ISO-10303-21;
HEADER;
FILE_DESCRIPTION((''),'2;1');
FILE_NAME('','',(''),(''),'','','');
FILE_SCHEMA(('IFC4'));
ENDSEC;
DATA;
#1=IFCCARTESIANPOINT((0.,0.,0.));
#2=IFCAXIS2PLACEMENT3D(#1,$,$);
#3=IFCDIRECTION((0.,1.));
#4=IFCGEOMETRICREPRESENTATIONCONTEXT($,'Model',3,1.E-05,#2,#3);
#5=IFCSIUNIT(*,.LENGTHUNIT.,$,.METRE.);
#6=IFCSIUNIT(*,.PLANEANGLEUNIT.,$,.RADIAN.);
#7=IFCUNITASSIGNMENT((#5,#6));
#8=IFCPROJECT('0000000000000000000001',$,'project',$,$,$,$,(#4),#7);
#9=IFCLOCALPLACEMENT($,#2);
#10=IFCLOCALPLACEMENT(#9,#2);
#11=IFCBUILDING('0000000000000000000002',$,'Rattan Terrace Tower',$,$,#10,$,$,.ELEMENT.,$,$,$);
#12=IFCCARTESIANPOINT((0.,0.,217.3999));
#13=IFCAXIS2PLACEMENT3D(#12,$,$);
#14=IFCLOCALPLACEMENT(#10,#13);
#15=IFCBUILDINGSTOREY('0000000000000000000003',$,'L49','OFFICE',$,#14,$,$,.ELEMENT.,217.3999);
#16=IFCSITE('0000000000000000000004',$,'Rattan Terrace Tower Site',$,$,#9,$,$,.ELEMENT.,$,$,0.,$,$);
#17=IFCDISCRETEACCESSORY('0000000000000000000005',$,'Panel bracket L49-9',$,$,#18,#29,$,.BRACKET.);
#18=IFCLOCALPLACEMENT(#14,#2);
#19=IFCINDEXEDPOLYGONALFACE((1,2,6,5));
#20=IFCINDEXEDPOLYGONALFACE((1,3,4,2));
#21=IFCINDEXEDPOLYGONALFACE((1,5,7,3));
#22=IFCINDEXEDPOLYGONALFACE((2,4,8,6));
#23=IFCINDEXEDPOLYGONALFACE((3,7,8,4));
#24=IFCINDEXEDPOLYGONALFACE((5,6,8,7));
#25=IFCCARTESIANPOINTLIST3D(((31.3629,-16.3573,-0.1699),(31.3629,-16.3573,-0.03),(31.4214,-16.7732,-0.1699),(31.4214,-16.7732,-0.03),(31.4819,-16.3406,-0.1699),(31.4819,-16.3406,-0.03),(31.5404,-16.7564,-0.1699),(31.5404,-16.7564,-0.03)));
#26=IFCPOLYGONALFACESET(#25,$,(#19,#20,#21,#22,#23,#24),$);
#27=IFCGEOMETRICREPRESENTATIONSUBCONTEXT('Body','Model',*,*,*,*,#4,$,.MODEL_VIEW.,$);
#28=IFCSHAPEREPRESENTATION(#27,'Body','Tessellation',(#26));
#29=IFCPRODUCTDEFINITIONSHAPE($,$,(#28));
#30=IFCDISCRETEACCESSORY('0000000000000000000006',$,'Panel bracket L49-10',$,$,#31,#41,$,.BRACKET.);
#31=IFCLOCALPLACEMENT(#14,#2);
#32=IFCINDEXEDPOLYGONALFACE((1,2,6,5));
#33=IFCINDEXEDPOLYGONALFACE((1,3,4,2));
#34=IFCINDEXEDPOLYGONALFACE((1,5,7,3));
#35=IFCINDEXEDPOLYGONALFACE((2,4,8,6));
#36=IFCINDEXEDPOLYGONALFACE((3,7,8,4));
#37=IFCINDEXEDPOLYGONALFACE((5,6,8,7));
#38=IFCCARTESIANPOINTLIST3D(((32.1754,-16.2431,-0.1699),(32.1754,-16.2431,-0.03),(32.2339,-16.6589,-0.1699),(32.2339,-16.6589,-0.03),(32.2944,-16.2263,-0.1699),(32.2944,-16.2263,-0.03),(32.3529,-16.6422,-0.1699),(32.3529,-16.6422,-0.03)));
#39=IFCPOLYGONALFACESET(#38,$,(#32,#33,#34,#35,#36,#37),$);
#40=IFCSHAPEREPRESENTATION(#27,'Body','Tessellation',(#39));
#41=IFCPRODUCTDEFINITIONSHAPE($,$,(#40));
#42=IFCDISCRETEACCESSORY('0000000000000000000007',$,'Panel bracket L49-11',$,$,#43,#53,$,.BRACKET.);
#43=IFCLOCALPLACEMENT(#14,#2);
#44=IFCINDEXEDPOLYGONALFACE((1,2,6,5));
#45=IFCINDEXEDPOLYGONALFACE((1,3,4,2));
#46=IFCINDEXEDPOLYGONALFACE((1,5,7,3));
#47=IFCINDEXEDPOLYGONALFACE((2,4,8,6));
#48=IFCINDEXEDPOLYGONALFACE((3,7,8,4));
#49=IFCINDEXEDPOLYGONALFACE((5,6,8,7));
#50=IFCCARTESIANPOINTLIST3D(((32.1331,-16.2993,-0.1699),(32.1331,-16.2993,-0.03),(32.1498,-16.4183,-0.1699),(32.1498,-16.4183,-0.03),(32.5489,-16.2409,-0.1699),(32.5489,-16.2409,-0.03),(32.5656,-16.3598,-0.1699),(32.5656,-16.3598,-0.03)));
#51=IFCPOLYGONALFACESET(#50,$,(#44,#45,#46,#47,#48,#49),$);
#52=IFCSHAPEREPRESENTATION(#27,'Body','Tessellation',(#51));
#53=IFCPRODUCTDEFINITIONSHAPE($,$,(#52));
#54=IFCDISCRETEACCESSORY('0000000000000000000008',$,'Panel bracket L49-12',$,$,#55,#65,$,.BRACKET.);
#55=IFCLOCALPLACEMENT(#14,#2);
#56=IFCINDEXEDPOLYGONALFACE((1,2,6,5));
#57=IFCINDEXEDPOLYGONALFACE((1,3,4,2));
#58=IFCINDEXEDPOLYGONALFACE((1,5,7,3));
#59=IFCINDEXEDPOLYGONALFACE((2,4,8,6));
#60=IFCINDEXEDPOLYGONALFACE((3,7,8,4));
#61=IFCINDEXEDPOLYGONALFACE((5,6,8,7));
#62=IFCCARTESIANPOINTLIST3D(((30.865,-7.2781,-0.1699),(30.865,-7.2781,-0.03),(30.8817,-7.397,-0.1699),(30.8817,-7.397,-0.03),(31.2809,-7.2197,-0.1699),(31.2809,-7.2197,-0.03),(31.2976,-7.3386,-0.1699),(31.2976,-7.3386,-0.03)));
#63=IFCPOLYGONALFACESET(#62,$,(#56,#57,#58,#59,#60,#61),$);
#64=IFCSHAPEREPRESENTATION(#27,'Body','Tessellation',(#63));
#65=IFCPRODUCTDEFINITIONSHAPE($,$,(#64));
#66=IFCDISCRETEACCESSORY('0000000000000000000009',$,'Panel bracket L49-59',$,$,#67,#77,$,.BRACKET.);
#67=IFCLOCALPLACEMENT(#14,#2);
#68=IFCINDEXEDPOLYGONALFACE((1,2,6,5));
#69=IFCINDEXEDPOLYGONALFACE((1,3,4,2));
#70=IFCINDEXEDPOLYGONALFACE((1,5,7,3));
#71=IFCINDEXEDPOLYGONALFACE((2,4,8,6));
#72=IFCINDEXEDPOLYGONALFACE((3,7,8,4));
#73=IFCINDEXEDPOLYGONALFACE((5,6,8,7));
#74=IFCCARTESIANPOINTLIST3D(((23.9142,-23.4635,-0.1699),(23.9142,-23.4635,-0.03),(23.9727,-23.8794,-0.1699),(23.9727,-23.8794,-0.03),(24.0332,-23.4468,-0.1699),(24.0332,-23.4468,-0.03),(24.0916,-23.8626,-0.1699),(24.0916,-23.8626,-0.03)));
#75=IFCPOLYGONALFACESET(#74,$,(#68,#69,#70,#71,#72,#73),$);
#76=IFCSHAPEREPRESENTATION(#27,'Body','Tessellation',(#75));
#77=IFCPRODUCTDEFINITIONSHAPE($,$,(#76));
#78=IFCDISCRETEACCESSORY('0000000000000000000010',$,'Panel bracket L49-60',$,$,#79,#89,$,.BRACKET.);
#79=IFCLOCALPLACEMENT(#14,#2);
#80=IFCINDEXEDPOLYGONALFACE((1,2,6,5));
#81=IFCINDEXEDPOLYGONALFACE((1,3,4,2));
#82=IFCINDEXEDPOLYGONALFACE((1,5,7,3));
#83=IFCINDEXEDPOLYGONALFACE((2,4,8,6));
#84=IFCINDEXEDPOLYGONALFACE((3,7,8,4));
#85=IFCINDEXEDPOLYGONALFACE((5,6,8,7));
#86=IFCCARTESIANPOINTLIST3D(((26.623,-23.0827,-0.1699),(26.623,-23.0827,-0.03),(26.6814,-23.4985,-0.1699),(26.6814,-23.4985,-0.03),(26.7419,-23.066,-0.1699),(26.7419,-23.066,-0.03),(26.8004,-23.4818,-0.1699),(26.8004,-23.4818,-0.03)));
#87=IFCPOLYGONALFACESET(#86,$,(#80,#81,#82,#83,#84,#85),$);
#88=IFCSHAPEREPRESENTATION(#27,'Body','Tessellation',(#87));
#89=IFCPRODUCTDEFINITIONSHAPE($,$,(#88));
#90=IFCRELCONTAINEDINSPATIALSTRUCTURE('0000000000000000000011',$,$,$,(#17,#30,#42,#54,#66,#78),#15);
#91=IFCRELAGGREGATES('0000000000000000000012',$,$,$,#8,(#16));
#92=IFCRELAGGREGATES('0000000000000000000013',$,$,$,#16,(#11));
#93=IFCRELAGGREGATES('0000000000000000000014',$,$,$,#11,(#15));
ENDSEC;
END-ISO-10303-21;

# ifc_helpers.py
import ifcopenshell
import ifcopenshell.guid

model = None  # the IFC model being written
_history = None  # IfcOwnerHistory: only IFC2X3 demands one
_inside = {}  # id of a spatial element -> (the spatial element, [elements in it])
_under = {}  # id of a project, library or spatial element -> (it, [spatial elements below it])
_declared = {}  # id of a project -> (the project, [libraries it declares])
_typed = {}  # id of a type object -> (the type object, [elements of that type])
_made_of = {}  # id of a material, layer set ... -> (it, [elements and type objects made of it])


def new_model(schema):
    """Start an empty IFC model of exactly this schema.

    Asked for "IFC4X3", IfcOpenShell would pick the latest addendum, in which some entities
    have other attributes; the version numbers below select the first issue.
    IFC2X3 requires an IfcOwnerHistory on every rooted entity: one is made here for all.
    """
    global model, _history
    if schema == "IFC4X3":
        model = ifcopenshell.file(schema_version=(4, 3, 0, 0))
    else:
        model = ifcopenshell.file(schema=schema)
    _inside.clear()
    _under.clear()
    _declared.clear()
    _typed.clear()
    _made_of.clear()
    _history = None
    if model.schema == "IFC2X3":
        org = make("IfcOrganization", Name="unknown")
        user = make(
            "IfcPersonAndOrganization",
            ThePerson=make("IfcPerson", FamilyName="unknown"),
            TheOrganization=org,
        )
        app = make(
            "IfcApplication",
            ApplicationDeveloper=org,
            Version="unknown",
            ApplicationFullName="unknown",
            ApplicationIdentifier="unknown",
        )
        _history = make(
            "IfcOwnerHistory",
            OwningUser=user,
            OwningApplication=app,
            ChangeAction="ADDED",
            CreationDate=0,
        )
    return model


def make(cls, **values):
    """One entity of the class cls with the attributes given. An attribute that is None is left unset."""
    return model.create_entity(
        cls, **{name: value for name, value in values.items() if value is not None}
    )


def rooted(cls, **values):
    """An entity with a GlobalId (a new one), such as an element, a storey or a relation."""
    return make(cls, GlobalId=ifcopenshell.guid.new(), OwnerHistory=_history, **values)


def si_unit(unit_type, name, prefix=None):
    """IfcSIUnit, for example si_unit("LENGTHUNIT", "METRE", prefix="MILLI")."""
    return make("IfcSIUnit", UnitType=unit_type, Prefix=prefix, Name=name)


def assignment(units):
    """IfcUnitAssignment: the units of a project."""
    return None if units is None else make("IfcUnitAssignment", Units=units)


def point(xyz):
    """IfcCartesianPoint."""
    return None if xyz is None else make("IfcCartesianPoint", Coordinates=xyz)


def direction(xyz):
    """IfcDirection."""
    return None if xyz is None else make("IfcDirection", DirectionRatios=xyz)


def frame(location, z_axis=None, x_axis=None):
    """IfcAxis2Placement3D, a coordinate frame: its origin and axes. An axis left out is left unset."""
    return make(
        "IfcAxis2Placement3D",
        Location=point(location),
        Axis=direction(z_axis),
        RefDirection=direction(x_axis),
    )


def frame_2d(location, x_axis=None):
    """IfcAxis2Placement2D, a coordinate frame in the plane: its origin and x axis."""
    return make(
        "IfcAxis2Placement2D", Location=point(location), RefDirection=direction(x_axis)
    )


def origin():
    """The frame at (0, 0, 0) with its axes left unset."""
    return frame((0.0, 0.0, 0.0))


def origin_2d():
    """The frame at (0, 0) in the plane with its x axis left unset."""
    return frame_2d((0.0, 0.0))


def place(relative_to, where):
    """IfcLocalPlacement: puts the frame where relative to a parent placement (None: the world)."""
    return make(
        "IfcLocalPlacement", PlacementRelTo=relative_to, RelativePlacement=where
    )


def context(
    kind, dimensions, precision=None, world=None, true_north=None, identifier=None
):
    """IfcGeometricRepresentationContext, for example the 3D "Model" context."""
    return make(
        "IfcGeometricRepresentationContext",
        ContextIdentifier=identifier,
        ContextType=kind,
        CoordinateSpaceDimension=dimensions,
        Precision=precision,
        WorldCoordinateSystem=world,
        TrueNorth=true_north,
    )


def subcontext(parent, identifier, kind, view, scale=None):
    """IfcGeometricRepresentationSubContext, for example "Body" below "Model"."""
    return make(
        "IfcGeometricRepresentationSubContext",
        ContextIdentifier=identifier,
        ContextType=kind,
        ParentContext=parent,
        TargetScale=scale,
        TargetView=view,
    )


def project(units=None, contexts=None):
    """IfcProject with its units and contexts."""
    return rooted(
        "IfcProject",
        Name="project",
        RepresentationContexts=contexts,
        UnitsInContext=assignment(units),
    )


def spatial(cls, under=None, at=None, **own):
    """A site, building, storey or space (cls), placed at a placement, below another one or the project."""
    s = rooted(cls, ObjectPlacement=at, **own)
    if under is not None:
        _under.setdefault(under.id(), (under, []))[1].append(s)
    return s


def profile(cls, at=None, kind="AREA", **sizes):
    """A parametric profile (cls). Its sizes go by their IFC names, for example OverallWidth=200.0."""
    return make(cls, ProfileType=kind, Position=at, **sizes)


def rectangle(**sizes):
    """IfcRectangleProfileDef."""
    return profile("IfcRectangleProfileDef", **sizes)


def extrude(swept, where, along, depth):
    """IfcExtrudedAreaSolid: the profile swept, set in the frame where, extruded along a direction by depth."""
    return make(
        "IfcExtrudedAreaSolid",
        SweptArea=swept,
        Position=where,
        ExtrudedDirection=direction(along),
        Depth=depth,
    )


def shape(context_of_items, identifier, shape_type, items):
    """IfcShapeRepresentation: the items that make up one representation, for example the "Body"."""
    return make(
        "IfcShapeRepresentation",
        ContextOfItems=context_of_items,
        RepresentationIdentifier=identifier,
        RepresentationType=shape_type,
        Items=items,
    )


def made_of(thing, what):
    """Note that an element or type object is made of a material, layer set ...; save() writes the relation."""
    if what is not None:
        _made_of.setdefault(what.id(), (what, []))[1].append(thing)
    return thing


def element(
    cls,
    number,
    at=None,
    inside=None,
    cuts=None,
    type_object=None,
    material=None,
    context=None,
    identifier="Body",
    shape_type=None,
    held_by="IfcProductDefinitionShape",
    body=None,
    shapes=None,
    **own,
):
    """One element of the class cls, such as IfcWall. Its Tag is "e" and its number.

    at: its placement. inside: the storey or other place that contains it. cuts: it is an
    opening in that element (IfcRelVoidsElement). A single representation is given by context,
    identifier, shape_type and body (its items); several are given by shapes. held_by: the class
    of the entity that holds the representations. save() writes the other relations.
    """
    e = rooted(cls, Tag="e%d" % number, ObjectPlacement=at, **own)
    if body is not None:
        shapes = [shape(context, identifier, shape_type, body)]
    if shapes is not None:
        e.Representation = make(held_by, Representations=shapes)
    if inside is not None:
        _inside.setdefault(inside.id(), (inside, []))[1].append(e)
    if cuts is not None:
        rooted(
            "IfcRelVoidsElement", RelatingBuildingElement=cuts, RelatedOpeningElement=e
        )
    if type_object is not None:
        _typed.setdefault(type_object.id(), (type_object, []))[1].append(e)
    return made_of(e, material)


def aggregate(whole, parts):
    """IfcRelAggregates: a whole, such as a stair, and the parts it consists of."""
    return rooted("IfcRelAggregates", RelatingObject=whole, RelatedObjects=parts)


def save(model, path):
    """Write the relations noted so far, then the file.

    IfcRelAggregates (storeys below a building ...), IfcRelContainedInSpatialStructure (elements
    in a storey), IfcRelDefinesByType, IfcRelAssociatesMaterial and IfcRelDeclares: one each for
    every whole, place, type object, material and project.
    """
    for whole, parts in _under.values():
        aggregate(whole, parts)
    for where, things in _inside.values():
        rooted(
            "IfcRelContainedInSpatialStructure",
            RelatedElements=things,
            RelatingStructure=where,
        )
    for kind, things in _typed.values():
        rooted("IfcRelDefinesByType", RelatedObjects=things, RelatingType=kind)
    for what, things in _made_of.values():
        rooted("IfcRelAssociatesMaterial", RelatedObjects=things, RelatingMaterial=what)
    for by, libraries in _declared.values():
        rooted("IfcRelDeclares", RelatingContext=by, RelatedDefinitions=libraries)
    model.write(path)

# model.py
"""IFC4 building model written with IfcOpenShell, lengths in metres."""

from ifc_helpers import new_model, si_unit, direction, frame, origin, origin_2d, place, context, subcontext, project, spatial, rectangle, extrude, element, save


model = new_model("IFC4")

# Units and contexts
model_context = context("Model", 3, precision=1e-05, world=origin(), true_north=direction((0.0, 1.0)))
body_context = subcontext(model_context, "Body", "Model", "MODEL_VIEW")
ifc_project = project(units=[si_unit("LENGTHUNIT", "METRE"), si_unit("PLANEANGLEUNIT", "RADIAN")], contexts=[model_context])

# Site, building, storey
site_placement = place(None, origin())
site = spatial("IfcSite", under=ifc_project, at=site_placement, Name="Rattan Terrace Tower Site", CompositionType="ELEMENT", RefElevation=0.0)
building_placement = place(site_placement, origin())
building = spatial("IfcBuilding", under=site, at=building_placement, Name="Rattan Terrace Tower", CompositionType="ELEMENT")
storey_placement = place(building_placement, frame((0.0, 0.0, 217.3999)))
storey = spatial("IfcBuildingStorey", under=building, at=storey_placement, Name="L49", Description="OFFICE", CompositionType="ELEMENT", Elevation=217.3999)

# Discrete accessories
for number, where, z_axis, x_axis, name in (
    (1, (31.4517, -16.5569, -0.1699), (0.0, 0.0, 1.0), (0.990254, 0.139275, 0.0), "Panel bracket L49-9"),
    (2, (32.2642, -16.4426, -0.1699), (0.0, 0.0, 1.0), (0.990254, 0.139275, 0.0), "Panel bracket L49-10"),
    (3, (32.3494, -16.3296, -0.1699), (0.0, 0.0, 1.0), (-0.139186, 0.990266, 0.0), "Panel bracket L49-11"),
    (4, (31.0813, -7.3083, -0.1699), (0.0, 0.0, 1.0), (-0.139186, 0.990266, 0.0), "Panel bracket L49-12"),
    (5, (24.0029, -23.6631, -0.1699), (0.0, 0.0, 1.0), (0.990267, 0.139177, 0.0), "Panel bracket L49-59"),
    (6, (26.7117, -23.2822, -0.1699), (0.0, 0.0, 1.0), (0.990267, 0.139177, 0.0), "Panel bracket L49-60"),
):
    element("IfcDiscreteAccessory", number, at=place(storey_placement, frame(where, z_axis=z_axis, x_axis=x_axis)), inside=storey, Name=name, PredefinedType="BRACKET", context=body_context, shape_type="SweptSolid", body=[
        extrude(rectangle(XDim=0.1201, YDim=0.4199, at=origin_2d()), origin(), (0.0, 0.0, 1.0), 0.1399),
    ])

save(model, "model.ifc")
